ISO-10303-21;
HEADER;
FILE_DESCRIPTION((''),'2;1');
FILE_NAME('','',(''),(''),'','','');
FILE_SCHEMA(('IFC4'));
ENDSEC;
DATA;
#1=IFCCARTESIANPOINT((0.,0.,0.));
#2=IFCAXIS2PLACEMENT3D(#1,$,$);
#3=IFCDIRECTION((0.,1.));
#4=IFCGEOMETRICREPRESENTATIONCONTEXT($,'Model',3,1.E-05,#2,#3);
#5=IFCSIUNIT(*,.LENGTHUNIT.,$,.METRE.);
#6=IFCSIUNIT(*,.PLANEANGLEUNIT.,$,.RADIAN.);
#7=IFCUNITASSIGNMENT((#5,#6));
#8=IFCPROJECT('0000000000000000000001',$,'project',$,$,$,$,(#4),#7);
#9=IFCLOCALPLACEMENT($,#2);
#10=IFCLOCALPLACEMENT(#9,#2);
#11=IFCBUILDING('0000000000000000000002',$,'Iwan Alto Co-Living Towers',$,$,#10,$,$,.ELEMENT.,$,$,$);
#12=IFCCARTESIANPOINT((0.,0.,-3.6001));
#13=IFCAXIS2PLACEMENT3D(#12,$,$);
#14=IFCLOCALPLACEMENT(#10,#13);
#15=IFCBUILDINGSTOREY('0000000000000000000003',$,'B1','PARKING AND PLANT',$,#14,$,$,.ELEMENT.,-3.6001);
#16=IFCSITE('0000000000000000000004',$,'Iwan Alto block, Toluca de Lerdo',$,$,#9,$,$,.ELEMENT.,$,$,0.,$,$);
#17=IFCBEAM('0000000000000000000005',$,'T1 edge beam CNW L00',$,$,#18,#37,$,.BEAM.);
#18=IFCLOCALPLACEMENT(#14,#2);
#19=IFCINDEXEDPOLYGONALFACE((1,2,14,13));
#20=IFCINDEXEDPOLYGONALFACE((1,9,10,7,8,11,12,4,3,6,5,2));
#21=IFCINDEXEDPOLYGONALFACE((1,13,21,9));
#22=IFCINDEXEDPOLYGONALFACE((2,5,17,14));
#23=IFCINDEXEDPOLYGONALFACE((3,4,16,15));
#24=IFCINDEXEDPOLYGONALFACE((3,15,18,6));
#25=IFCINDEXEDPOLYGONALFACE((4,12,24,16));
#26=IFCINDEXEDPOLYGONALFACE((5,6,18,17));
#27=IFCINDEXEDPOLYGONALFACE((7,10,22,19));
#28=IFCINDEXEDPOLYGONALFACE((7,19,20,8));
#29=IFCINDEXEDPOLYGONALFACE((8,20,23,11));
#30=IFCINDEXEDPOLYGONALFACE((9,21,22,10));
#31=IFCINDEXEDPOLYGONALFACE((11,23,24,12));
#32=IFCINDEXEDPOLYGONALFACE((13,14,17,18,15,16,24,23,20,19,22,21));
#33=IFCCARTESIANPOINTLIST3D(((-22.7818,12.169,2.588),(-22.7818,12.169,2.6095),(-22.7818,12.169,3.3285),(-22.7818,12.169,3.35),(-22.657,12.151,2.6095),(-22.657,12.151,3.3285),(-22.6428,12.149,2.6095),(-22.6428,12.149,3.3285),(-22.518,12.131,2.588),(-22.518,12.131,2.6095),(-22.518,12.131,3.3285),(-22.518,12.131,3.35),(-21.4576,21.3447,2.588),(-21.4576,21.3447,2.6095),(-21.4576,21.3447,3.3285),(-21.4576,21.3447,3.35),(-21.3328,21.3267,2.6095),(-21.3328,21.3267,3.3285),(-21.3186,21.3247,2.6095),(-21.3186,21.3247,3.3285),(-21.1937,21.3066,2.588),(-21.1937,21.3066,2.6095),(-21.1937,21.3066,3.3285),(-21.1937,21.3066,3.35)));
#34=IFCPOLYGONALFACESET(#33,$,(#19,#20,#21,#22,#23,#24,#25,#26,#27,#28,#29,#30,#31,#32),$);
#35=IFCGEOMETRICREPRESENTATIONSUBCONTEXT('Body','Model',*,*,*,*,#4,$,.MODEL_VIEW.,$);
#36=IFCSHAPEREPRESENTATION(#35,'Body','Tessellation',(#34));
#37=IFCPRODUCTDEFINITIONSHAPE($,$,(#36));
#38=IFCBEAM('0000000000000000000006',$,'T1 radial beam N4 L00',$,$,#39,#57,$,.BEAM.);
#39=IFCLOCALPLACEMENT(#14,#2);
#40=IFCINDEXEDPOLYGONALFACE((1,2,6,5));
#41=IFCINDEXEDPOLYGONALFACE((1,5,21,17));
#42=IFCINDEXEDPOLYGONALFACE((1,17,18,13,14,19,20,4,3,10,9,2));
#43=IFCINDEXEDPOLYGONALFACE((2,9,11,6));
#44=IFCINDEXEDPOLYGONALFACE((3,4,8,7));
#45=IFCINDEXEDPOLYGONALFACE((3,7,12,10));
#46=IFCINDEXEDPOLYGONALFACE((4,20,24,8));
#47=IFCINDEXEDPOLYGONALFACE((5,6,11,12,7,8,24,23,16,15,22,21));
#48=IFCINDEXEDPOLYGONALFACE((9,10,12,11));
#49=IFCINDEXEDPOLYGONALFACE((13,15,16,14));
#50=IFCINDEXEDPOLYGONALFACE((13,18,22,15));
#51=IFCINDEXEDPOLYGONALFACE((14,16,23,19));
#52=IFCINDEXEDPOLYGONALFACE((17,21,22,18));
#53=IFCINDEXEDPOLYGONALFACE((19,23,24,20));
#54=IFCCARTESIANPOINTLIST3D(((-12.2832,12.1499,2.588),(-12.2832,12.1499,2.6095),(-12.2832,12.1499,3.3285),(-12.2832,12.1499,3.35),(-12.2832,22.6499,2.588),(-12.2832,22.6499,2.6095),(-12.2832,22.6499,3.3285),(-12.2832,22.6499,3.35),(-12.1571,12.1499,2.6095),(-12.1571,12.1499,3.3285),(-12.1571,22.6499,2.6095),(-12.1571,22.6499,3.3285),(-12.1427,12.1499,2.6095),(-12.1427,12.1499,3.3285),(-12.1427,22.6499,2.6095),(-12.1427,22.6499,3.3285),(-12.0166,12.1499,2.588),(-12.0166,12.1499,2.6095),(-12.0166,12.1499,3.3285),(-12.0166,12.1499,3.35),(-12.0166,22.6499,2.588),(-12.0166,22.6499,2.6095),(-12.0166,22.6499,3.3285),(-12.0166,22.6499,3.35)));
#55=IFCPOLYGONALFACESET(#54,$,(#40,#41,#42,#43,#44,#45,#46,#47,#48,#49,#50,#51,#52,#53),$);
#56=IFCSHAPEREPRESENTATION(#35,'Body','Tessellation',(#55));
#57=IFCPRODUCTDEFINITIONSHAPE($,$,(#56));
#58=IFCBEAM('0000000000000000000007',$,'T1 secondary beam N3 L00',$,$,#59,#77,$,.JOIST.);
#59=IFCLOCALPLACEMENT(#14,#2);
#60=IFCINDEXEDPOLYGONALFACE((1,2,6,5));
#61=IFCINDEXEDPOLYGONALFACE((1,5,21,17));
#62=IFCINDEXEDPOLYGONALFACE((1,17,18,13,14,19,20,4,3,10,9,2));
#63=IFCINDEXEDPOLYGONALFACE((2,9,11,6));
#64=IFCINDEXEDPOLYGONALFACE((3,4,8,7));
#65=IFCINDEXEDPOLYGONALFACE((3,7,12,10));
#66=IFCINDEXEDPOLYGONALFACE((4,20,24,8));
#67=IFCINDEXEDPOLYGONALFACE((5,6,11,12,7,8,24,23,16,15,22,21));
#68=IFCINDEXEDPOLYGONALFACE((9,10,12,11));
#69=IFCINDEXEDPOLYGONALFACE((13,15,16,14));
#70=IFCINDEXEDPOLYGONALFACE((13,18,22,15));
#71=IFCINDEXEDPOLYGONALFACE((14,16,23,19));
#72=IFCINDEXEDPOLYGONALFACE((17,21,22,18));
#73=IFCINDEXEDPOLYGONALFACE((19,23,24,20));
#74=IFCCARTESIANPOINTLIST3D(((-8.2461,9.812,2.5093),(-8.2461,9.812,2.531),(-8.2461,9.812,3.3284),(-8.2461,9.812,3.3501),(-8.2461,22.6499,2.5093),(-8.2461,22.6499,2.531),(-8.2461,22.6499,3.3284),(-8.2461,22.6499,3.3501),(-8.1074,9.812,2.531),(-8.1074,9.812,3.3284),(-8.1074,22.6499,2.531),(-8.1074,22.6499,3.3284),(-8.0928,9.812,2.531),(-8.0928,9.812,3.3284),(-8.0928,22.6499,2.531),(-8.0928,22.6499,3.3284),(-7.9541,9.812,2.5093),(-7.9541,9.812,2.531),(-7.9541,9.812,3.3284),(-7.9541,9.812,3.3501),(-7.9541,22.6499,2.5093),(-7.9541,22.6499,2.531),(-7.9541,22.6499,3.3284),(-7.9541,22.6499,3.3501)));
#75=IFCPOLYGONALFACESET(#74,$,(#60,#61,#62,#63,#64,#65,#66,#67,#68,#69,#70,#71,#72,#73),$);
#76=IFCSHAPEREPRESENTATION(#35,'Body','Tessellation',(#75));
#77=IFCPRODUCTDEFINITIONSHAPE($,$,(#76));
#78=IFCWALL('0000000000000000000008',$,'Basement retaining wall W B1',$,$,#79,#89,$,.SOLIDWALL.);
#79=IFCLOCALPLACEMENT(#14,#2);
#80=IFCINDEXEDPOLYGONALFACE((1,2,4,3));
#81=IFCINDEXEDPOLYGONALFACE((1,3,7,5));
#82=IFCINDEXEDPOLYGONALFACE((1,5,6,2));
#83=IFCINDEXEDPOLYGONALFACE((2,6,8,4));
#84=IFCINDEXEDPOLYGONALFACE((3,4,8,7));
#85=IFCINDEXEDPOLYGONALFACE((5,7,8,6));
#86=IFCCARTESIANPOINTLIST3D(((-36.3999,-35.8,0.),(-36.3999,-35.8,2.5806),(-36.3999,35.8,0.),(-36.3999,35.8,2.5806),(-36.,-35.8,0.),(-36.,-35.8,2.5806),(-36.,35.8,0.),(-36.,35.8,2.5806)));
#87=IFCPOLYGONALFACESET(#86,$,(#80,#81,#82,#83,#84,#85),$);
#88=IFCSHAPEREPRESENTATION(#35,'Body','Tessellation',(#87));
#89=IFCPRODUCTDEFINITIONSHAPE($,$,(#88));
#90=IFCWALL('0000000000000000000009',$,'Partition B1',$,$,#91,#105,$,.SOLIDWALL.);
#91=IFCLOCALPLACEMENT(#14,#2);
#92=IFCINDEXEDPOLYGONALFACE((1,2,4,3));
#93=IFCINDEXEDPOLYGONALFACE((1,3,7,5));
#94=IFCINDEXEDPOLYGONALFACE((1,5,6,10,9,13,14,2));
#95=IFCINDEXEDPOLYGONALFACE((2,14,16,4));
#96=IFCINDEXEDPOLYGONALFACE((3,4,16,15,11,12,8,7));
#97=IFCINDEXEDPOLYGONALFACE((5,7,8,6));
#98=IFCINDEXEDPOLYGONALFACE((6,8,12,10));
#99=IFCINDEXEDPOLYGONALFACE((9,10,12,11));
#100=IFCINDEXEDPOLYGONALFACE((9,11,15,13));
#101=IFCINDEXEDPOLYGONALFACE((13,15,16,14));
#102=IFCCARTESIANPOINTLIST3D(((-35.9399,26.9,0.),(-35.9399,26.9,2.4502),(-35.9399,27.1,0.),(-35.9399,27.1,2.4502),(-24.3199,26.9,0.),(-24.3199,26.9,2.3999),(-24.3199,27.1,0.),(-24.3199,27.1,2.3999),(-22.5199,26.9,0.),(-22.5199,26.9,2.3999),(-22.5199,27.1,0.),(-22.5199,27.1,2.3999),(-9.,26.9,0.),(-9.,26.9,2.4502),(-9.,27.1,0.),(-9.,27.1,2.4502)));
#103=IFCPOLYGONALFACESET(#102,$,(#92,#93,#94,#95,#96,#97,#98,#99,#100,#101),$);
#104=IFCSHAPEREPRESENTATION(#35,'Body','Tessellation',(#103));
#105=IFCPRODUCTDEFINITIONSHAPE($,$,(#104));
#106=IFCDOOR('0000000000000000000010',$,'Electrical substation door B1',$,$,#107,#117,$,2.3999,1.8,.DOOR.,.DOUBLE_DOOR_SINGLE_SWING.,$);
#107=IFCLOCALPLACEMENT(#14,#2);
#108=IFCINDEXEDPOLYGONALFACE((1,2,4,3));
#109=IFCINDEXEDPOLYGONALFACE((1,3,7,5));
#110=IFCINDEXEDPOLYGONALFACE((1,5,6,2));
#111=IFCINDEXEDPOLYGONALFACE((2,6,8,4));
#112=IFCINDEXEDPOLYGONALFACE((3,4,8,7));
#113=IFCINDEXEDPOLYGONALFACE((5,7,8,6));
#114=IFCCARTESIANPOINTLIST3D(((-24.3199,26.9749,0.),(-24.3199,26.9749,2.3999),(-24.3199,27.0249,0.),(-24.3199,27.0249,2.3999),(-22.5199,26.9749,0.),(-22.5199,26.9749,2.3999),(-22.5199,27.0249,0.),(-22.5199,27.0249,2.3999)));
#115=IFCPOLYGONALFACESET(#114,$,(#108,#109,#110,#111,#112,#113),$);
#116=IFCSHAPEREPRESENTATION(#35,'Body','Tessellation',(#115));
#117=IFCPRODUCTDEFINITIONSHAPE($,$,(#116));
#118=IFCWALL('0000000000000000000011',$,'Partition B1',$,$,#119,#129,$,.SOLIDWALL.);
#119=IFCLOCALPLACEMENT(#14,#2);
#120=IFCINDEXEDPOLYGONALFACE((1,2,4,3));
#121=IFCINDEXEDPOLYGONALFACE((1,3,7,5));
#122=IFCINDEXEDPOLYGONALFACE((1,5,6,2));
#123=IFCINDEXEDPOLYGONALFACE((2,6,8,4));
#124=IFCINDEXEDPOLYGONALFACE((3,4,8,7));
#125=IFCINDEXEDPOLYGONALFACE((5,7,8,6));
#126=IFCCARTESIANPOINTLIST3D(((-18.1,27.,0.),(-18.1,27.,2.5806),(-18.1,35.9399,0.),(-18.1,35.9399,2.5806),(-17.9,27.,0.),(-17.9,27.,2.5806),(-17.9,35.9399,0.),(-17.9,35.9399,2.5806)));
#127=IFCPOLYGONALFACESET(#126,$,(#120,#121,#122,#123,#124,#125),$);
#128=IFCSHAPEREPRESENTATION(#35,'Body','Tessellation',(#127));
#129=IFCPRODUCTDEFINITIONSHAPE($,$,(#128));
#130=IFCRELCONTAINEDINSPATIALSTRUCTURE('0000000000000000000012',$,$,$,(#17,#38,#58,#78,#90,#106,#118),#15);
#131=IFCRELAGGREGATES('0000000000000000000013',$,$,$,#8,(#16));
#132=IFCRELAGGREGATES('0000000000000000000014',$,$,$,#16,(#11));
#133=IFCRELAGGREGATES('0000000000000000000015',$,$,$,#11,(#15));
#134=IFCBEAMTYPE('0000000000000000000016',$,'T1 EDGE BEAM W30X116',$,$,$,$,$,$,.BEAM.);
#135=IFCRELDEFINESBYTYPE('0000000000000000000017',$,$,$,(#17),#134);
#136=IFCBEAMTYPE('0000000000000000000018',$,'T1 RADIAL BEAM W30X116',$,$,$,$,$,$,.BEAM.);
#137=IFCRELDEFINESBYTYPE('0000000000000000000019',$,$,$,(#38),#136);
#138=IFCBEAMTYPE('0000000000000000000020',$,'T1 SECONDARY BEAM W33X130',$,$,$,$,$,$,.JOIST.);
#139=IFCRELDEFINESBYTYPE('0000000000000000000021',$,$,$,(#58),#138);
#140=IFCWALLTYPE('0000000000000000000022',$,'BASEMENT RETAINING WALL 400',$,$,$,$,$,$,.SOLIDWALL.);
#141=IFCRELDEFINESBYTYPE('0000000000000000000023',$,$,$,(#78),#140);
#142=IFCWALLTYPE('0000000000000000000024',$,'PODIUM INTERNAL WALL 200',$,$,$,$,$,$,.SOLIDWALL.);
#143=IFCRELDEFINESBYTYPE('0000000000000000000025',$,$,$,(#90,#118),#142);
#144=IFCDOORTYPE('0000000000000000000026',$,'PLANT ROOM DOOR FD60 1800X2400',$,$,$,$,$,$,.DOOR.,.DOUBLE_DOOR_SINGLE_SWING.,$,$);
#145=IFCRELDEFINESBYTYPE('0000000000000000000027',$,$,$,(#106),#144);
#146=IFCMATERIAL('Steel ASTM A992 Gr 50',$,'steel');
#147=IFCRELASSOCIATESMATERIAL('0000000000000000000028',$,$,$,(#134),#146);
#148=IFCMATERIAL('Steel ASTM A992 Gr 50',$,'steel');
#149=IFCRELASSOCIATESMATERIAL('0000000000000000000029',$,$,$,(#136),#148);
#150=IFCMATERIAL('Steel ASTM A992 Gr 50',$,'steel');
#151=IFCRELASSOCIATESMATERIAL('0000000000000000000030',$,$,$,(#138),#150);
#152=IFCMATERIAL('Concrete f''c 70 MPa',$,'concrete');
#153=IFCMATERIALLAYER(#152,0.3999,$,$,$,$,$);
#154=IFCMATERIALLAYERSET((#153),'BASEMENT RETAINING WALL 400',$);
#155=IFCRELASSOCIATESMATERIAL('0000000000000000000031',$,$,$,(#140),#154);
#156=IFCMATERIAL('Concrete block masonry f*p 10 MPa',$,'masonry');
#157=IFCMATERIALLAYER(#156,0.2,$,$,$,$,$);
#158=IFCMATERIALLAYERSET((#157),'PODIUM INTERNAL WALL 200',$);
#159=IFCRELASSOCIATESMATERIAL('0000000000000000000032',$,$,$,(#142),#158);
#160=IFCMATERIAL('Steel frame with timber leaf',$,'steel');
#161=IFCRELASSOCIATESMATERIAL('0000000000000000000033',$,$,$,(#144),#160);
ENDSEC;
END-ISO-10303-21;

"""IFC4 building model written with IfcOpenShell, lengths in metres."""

from ifc_helpers import new_model, si_unit, direction, frame, frame_2d, origin, origin_2d, place, context, subcontext, project, spatial, rectangle, i_section, extrude, material, layer, layer_set, material_profile, profile_set, type_object, element, fill, save


model = new_model("IFC4")

# Units and contexts
model_context = context("Model", 3, precision=1e-05, world=origin(), true_north=direction((0.0, 1.0)))
body_context = subcontext(model_context, "Body", "Model", "MODEL_VIEW")
ifc_project = project(units=[si_unit("LENGTHUNIT", "METRE"), si_unit("PLANEANGLEUNIT", "RADIAN")], contexts=[model_context])

# Site, building, storey
site_placement = place(None, origin())
site = spatial("IfcSite", under=ifc_project, at=site_placement, Name="Iwan Alto block, Toluca de Lerdo", CompositionType="ELEMENT", RefElevation=0.0)
building_placement = place(site_placement, origin())
building = spatial("IfcBuilding", under=site, at=building_placement, Name="Iwan Alto Co-Living Towers", CompositionType="ELEMENT")
storey_placement = place(building_placement, frame((0.0, 0.0, -3.6001)))
storey = spatial("IfcBuildingStorey", under=building, at=storey_placement, Name="B1", Description="PARKING AND PLANT", CompositionType="ELEMENT", Elevation=-3.6001)

# Beams
ifc_material_1 = material(Name="Steel ASTM A992 Gr 50", Category="steel")
ifc_material_profile_1 = material_profile(ifc_material_1, i_section(OverallWidth=0.2666, OverallDepth=0.762, WebThickness=0.0144, FlangeThickness=0.0215, at=origin_2d()), Name="W30X116")
ifc_profile_set_1 = profile_set([ifc_material_profile_1], Name="Steel ASTM A992 Gr 50")
beam_type_1 = type_object("IfcBeamType", Name="T1 EDGE BEAM W30X116", PredefinedType="BEAM", material=ifc_profile_set_1)
for number, where, z_axis, x_axis, name in (
    (1, (-21.3257, 21.3257, 2.969), (-0.142837, -0.989746, 0.0), (0.989746, -0.142837, 0.0), "T1 edge beam CNW L00"),
):
    element("IfcBeam", number, at=place(storey_placement, frame(where, z_axis=z_axis, x_axis=x_axis)), inside=storey, type_object=beam_type_1, Name=name, PredefinedType="BEAM", context=body_context, shape_type="SweptSolid", body=[
        extrude(i_section(OverallWidth=0.2666, OverallDepth=0.762, WebThickness=0.0144, FlangeThickness=0.0215, at=origin_2d()), origin(), (0.0, 0.0, 1.0), 9.2708),
    ])
ifc_material_2 = material(Name="Steel ASTM A992 Gr 50", Category="steel")
ifc_material_profile_2 = material_profile(ifc_material_2, i_section(OverallWidth=0.2666, OverallDepth=0.762, WebThickness=0.0144, FlangeThickness=0.0215, at=origin_2d()), Name="W30X116")
ifc_profile_set_2 = profile_set([ifc_material_profile_2], Name="Steel ASTM A992 Gr 50")
beam_type_2 = type_object("IfcBeamType", Name="T1 RADIAL BEAM W30X116", PredefinedType="BEAM", material=ifc_profile_set_2)
beam_1_placement = place(storey_placement, frame((-12.1499, 22.6499, 2.969), z_axis=(0.0, -1.0, 0.0), x_axis=(1.0, 0.0, 0.0)))
element("IfcBeam", 2, at=beam_1_placement, inside=storey, type_object=beam_type_2, Name="T1 radial beam N4 L00", PredefinedType="BEAM", context=body_context, shape_type="SweptSolid", body=[
    extrude(i_section(OverallWidth=0.2666, OverallDepth=0.762, WebThickness=0.0144, FlangeThickness=0.0215, at=origin_2d()), origin(), (0.0, 0.0, 1.0), 10.5),
])
ifc_material_3 = material(Name="Steel ASTM A992 Gr 50", Category="steel")
ifc_material_profile_3 = material_profile(ifc_material_3, i_section(OverallWidth=0.292, OverallDepth=0.8408, WebThickness=0.0146, FlangeThickness=0.0217, at=origin_2d()), Name="W33X130")
ifc_profile_set_3 = profile_set([ifc_material_profile_3], Name="Steel ASTM A992 Gr 50")
beam_type_3 = type_object("IfcBeamType", Name="T1 SECONDARY BEAM W33X130", PredefinedType="JOIST", material=ifc_profile_set_3)
beam_2_placement = place(storey_placement, frame((-8.1001, 22.6499, 2.9297), z_axis=(0.0, -1.0, 0.0), x_axis=(1.0, 0.0, 0.0)))
element("IfcBeam", 3, at=beam_2_placement, inside=storey, type_object=beam_type_3, Name="T1 secondary beam N3 L00", PredefinedType="JOIST", context=body_context, shape_type="SweptSolid", body=[
    extrude(i_section(OverallWidth=0.292, OverallDepth=0.8408, WebThickness=0.0146, FlangeThickness=0.0217, at=origin_2d()), origin(), (0.0, 0.0, 1.0), 12.8379),
])

# Wall
ifc_material_4 = material(Name="Concrete f'c 70 MPa", Category="concrete")
ifc_layer_1 = layer(ifc_material_4, 0.3999)
ifc_layer_set_1 = layer_set([ifc_layer_1], Name="BASEMENT RETAINING WALL 400")
wall_type_1 = type_object("IfcWallType", Name="BASEMENT RETAINING WALL 400", PredefinedType="SOLIDWALL", material=ifc_layer_set_1)
wall_1_placement = place(storey_placement, frame((-36.2, 35.8, 0.0), z_axis=(0.0, 0.0, 1.0), x_axis=(0.0, -1.0, 0.0)))
element("IfcWall", 4, at=wall_1_placement, inside=storey, type_object=wall_type_1, Name="Basement retaining wall W B1", PredefinedType="SOLIDWALL", context=body_context, shape_type="SweptSolid", body=[
    extrude(rectangle(XDim=71.6001, YDim=0.3999, at=frame_2d((35.8, 0.0))), origin(), (0.0, 0.0, 1.0), 2.5806),
])

# Wall, opening, door
ifc_material_5 = material(Name="Concrete block masonry f*p 10 MPa", Category="masonry")
ifc_layer_2 = layer(ifc_material_5, 0.2)
ifc_layer_set_2 = layer_set([ifc_layer_2], Name="PODIUM INTERNAL WALL 200")
wall_type_2 = type_object("IfcWallType", Name="PODIUM INTERNAL WALL 200", PredefinedType="SOLIDWALL", material=ifc_layer_set_2)
wall_2_placement = place(storey_placement, frame((-35.9399, 27.0, 0.0), z_axis=(0.0, 0.0, 1.0), x_axis=(1.0, 0.0, 0.0)))
wall_2 = element("IfcWall", 5, at=wall_2_placement, inside=storey, type_object=wall_type_2, Name="Partition B1", PredefinedType="SOLIDWALL", context=body_context, shape_type="SweptSolid", body=[
    extrude(rectangle(XDim=26.9399, YDim=0.2, at=frame_2d((13.47, 0.0))), origin(), (0.0, 0.0, 1.0), 2.4502),
])
opening_1_placement = place(wall_2_placement, frame((11.6201, 0.0, 0.0)))
opening_1 = element("IfcOpeningElement", 6, at=opening_1_placement, cuts=wall_2, PredefinedType="OPENING", context=body_context, shape_type="SweptSolid", body=[
    extrude(rectangle(XDim=1.8, YDim=2.3999, at=frame_2d((0.8999, 1.2))), frame((0.0, 0.1099, 0.0), z_axis=(0.0, -1.0, 0.0), x_axis=(1.0, 0.0, 0.0)), (0.0, 0.0, 1.0), 0.22),
])
ifc_material_6 = material(Name="Steel frame with timber leaf", Category="steel")
door_type = type_object("IfcDoorType", Name="PLANT ROOM DOOR FD60 1800X2400", OperationType="DOUBLE_DOOR_SINGLE_SWING", PredefinedType="DOOR", material=ifc_material_6)
door_1_placement = place(opening_1_placement, origin())
door_1 = element("IfcDoor", 7, at=door_1_placement, inside=storey, type_object=door_type, Name="Electrical substation door B1", OperationType="DOUBLE_DOOR_SINGLE_SWING", OverallHeight=2.3999, OverallWidth=1.8, PredefinedType="DOOR", context=body_context, shape_type="SweptSolid", body=[
    extrude(rectangle(XDim=1.8, YDim=2.3999, at=frame_2d((0.8999, 1.2))), frame((0.0, 0.0249, 0.0), z_axis=(0.0, -1.0, 0.0), x_axis=(1.0, 0.0, 0.0)), (0.0, 0.0, 1.0), 0.05),
])
fill(opening_1, door_1)

# Wall
wall_3_placement = place(storey_placement, frame((-18.0, 27.0, 0.0), z_axis=(0.0, 0.0, 1.0), x_axis=(0.0, 1.0, 0.0)))
element("IfcWall", 8, at=wall_3_placement, inside=storey, type_object=wall_type_2, Name="Partition B1", PredefinedType="SOLIDWALL", context=body_context, shape_type="SweptSolid", body=[
    extrude(rectangle(XDim=8.9399, YDim=0.2, at=frame_2d((4.47, 0.0))), origin(), (0.0, 0.0, 1.0), 2.5806),
])

save(model, "model.ifc")
